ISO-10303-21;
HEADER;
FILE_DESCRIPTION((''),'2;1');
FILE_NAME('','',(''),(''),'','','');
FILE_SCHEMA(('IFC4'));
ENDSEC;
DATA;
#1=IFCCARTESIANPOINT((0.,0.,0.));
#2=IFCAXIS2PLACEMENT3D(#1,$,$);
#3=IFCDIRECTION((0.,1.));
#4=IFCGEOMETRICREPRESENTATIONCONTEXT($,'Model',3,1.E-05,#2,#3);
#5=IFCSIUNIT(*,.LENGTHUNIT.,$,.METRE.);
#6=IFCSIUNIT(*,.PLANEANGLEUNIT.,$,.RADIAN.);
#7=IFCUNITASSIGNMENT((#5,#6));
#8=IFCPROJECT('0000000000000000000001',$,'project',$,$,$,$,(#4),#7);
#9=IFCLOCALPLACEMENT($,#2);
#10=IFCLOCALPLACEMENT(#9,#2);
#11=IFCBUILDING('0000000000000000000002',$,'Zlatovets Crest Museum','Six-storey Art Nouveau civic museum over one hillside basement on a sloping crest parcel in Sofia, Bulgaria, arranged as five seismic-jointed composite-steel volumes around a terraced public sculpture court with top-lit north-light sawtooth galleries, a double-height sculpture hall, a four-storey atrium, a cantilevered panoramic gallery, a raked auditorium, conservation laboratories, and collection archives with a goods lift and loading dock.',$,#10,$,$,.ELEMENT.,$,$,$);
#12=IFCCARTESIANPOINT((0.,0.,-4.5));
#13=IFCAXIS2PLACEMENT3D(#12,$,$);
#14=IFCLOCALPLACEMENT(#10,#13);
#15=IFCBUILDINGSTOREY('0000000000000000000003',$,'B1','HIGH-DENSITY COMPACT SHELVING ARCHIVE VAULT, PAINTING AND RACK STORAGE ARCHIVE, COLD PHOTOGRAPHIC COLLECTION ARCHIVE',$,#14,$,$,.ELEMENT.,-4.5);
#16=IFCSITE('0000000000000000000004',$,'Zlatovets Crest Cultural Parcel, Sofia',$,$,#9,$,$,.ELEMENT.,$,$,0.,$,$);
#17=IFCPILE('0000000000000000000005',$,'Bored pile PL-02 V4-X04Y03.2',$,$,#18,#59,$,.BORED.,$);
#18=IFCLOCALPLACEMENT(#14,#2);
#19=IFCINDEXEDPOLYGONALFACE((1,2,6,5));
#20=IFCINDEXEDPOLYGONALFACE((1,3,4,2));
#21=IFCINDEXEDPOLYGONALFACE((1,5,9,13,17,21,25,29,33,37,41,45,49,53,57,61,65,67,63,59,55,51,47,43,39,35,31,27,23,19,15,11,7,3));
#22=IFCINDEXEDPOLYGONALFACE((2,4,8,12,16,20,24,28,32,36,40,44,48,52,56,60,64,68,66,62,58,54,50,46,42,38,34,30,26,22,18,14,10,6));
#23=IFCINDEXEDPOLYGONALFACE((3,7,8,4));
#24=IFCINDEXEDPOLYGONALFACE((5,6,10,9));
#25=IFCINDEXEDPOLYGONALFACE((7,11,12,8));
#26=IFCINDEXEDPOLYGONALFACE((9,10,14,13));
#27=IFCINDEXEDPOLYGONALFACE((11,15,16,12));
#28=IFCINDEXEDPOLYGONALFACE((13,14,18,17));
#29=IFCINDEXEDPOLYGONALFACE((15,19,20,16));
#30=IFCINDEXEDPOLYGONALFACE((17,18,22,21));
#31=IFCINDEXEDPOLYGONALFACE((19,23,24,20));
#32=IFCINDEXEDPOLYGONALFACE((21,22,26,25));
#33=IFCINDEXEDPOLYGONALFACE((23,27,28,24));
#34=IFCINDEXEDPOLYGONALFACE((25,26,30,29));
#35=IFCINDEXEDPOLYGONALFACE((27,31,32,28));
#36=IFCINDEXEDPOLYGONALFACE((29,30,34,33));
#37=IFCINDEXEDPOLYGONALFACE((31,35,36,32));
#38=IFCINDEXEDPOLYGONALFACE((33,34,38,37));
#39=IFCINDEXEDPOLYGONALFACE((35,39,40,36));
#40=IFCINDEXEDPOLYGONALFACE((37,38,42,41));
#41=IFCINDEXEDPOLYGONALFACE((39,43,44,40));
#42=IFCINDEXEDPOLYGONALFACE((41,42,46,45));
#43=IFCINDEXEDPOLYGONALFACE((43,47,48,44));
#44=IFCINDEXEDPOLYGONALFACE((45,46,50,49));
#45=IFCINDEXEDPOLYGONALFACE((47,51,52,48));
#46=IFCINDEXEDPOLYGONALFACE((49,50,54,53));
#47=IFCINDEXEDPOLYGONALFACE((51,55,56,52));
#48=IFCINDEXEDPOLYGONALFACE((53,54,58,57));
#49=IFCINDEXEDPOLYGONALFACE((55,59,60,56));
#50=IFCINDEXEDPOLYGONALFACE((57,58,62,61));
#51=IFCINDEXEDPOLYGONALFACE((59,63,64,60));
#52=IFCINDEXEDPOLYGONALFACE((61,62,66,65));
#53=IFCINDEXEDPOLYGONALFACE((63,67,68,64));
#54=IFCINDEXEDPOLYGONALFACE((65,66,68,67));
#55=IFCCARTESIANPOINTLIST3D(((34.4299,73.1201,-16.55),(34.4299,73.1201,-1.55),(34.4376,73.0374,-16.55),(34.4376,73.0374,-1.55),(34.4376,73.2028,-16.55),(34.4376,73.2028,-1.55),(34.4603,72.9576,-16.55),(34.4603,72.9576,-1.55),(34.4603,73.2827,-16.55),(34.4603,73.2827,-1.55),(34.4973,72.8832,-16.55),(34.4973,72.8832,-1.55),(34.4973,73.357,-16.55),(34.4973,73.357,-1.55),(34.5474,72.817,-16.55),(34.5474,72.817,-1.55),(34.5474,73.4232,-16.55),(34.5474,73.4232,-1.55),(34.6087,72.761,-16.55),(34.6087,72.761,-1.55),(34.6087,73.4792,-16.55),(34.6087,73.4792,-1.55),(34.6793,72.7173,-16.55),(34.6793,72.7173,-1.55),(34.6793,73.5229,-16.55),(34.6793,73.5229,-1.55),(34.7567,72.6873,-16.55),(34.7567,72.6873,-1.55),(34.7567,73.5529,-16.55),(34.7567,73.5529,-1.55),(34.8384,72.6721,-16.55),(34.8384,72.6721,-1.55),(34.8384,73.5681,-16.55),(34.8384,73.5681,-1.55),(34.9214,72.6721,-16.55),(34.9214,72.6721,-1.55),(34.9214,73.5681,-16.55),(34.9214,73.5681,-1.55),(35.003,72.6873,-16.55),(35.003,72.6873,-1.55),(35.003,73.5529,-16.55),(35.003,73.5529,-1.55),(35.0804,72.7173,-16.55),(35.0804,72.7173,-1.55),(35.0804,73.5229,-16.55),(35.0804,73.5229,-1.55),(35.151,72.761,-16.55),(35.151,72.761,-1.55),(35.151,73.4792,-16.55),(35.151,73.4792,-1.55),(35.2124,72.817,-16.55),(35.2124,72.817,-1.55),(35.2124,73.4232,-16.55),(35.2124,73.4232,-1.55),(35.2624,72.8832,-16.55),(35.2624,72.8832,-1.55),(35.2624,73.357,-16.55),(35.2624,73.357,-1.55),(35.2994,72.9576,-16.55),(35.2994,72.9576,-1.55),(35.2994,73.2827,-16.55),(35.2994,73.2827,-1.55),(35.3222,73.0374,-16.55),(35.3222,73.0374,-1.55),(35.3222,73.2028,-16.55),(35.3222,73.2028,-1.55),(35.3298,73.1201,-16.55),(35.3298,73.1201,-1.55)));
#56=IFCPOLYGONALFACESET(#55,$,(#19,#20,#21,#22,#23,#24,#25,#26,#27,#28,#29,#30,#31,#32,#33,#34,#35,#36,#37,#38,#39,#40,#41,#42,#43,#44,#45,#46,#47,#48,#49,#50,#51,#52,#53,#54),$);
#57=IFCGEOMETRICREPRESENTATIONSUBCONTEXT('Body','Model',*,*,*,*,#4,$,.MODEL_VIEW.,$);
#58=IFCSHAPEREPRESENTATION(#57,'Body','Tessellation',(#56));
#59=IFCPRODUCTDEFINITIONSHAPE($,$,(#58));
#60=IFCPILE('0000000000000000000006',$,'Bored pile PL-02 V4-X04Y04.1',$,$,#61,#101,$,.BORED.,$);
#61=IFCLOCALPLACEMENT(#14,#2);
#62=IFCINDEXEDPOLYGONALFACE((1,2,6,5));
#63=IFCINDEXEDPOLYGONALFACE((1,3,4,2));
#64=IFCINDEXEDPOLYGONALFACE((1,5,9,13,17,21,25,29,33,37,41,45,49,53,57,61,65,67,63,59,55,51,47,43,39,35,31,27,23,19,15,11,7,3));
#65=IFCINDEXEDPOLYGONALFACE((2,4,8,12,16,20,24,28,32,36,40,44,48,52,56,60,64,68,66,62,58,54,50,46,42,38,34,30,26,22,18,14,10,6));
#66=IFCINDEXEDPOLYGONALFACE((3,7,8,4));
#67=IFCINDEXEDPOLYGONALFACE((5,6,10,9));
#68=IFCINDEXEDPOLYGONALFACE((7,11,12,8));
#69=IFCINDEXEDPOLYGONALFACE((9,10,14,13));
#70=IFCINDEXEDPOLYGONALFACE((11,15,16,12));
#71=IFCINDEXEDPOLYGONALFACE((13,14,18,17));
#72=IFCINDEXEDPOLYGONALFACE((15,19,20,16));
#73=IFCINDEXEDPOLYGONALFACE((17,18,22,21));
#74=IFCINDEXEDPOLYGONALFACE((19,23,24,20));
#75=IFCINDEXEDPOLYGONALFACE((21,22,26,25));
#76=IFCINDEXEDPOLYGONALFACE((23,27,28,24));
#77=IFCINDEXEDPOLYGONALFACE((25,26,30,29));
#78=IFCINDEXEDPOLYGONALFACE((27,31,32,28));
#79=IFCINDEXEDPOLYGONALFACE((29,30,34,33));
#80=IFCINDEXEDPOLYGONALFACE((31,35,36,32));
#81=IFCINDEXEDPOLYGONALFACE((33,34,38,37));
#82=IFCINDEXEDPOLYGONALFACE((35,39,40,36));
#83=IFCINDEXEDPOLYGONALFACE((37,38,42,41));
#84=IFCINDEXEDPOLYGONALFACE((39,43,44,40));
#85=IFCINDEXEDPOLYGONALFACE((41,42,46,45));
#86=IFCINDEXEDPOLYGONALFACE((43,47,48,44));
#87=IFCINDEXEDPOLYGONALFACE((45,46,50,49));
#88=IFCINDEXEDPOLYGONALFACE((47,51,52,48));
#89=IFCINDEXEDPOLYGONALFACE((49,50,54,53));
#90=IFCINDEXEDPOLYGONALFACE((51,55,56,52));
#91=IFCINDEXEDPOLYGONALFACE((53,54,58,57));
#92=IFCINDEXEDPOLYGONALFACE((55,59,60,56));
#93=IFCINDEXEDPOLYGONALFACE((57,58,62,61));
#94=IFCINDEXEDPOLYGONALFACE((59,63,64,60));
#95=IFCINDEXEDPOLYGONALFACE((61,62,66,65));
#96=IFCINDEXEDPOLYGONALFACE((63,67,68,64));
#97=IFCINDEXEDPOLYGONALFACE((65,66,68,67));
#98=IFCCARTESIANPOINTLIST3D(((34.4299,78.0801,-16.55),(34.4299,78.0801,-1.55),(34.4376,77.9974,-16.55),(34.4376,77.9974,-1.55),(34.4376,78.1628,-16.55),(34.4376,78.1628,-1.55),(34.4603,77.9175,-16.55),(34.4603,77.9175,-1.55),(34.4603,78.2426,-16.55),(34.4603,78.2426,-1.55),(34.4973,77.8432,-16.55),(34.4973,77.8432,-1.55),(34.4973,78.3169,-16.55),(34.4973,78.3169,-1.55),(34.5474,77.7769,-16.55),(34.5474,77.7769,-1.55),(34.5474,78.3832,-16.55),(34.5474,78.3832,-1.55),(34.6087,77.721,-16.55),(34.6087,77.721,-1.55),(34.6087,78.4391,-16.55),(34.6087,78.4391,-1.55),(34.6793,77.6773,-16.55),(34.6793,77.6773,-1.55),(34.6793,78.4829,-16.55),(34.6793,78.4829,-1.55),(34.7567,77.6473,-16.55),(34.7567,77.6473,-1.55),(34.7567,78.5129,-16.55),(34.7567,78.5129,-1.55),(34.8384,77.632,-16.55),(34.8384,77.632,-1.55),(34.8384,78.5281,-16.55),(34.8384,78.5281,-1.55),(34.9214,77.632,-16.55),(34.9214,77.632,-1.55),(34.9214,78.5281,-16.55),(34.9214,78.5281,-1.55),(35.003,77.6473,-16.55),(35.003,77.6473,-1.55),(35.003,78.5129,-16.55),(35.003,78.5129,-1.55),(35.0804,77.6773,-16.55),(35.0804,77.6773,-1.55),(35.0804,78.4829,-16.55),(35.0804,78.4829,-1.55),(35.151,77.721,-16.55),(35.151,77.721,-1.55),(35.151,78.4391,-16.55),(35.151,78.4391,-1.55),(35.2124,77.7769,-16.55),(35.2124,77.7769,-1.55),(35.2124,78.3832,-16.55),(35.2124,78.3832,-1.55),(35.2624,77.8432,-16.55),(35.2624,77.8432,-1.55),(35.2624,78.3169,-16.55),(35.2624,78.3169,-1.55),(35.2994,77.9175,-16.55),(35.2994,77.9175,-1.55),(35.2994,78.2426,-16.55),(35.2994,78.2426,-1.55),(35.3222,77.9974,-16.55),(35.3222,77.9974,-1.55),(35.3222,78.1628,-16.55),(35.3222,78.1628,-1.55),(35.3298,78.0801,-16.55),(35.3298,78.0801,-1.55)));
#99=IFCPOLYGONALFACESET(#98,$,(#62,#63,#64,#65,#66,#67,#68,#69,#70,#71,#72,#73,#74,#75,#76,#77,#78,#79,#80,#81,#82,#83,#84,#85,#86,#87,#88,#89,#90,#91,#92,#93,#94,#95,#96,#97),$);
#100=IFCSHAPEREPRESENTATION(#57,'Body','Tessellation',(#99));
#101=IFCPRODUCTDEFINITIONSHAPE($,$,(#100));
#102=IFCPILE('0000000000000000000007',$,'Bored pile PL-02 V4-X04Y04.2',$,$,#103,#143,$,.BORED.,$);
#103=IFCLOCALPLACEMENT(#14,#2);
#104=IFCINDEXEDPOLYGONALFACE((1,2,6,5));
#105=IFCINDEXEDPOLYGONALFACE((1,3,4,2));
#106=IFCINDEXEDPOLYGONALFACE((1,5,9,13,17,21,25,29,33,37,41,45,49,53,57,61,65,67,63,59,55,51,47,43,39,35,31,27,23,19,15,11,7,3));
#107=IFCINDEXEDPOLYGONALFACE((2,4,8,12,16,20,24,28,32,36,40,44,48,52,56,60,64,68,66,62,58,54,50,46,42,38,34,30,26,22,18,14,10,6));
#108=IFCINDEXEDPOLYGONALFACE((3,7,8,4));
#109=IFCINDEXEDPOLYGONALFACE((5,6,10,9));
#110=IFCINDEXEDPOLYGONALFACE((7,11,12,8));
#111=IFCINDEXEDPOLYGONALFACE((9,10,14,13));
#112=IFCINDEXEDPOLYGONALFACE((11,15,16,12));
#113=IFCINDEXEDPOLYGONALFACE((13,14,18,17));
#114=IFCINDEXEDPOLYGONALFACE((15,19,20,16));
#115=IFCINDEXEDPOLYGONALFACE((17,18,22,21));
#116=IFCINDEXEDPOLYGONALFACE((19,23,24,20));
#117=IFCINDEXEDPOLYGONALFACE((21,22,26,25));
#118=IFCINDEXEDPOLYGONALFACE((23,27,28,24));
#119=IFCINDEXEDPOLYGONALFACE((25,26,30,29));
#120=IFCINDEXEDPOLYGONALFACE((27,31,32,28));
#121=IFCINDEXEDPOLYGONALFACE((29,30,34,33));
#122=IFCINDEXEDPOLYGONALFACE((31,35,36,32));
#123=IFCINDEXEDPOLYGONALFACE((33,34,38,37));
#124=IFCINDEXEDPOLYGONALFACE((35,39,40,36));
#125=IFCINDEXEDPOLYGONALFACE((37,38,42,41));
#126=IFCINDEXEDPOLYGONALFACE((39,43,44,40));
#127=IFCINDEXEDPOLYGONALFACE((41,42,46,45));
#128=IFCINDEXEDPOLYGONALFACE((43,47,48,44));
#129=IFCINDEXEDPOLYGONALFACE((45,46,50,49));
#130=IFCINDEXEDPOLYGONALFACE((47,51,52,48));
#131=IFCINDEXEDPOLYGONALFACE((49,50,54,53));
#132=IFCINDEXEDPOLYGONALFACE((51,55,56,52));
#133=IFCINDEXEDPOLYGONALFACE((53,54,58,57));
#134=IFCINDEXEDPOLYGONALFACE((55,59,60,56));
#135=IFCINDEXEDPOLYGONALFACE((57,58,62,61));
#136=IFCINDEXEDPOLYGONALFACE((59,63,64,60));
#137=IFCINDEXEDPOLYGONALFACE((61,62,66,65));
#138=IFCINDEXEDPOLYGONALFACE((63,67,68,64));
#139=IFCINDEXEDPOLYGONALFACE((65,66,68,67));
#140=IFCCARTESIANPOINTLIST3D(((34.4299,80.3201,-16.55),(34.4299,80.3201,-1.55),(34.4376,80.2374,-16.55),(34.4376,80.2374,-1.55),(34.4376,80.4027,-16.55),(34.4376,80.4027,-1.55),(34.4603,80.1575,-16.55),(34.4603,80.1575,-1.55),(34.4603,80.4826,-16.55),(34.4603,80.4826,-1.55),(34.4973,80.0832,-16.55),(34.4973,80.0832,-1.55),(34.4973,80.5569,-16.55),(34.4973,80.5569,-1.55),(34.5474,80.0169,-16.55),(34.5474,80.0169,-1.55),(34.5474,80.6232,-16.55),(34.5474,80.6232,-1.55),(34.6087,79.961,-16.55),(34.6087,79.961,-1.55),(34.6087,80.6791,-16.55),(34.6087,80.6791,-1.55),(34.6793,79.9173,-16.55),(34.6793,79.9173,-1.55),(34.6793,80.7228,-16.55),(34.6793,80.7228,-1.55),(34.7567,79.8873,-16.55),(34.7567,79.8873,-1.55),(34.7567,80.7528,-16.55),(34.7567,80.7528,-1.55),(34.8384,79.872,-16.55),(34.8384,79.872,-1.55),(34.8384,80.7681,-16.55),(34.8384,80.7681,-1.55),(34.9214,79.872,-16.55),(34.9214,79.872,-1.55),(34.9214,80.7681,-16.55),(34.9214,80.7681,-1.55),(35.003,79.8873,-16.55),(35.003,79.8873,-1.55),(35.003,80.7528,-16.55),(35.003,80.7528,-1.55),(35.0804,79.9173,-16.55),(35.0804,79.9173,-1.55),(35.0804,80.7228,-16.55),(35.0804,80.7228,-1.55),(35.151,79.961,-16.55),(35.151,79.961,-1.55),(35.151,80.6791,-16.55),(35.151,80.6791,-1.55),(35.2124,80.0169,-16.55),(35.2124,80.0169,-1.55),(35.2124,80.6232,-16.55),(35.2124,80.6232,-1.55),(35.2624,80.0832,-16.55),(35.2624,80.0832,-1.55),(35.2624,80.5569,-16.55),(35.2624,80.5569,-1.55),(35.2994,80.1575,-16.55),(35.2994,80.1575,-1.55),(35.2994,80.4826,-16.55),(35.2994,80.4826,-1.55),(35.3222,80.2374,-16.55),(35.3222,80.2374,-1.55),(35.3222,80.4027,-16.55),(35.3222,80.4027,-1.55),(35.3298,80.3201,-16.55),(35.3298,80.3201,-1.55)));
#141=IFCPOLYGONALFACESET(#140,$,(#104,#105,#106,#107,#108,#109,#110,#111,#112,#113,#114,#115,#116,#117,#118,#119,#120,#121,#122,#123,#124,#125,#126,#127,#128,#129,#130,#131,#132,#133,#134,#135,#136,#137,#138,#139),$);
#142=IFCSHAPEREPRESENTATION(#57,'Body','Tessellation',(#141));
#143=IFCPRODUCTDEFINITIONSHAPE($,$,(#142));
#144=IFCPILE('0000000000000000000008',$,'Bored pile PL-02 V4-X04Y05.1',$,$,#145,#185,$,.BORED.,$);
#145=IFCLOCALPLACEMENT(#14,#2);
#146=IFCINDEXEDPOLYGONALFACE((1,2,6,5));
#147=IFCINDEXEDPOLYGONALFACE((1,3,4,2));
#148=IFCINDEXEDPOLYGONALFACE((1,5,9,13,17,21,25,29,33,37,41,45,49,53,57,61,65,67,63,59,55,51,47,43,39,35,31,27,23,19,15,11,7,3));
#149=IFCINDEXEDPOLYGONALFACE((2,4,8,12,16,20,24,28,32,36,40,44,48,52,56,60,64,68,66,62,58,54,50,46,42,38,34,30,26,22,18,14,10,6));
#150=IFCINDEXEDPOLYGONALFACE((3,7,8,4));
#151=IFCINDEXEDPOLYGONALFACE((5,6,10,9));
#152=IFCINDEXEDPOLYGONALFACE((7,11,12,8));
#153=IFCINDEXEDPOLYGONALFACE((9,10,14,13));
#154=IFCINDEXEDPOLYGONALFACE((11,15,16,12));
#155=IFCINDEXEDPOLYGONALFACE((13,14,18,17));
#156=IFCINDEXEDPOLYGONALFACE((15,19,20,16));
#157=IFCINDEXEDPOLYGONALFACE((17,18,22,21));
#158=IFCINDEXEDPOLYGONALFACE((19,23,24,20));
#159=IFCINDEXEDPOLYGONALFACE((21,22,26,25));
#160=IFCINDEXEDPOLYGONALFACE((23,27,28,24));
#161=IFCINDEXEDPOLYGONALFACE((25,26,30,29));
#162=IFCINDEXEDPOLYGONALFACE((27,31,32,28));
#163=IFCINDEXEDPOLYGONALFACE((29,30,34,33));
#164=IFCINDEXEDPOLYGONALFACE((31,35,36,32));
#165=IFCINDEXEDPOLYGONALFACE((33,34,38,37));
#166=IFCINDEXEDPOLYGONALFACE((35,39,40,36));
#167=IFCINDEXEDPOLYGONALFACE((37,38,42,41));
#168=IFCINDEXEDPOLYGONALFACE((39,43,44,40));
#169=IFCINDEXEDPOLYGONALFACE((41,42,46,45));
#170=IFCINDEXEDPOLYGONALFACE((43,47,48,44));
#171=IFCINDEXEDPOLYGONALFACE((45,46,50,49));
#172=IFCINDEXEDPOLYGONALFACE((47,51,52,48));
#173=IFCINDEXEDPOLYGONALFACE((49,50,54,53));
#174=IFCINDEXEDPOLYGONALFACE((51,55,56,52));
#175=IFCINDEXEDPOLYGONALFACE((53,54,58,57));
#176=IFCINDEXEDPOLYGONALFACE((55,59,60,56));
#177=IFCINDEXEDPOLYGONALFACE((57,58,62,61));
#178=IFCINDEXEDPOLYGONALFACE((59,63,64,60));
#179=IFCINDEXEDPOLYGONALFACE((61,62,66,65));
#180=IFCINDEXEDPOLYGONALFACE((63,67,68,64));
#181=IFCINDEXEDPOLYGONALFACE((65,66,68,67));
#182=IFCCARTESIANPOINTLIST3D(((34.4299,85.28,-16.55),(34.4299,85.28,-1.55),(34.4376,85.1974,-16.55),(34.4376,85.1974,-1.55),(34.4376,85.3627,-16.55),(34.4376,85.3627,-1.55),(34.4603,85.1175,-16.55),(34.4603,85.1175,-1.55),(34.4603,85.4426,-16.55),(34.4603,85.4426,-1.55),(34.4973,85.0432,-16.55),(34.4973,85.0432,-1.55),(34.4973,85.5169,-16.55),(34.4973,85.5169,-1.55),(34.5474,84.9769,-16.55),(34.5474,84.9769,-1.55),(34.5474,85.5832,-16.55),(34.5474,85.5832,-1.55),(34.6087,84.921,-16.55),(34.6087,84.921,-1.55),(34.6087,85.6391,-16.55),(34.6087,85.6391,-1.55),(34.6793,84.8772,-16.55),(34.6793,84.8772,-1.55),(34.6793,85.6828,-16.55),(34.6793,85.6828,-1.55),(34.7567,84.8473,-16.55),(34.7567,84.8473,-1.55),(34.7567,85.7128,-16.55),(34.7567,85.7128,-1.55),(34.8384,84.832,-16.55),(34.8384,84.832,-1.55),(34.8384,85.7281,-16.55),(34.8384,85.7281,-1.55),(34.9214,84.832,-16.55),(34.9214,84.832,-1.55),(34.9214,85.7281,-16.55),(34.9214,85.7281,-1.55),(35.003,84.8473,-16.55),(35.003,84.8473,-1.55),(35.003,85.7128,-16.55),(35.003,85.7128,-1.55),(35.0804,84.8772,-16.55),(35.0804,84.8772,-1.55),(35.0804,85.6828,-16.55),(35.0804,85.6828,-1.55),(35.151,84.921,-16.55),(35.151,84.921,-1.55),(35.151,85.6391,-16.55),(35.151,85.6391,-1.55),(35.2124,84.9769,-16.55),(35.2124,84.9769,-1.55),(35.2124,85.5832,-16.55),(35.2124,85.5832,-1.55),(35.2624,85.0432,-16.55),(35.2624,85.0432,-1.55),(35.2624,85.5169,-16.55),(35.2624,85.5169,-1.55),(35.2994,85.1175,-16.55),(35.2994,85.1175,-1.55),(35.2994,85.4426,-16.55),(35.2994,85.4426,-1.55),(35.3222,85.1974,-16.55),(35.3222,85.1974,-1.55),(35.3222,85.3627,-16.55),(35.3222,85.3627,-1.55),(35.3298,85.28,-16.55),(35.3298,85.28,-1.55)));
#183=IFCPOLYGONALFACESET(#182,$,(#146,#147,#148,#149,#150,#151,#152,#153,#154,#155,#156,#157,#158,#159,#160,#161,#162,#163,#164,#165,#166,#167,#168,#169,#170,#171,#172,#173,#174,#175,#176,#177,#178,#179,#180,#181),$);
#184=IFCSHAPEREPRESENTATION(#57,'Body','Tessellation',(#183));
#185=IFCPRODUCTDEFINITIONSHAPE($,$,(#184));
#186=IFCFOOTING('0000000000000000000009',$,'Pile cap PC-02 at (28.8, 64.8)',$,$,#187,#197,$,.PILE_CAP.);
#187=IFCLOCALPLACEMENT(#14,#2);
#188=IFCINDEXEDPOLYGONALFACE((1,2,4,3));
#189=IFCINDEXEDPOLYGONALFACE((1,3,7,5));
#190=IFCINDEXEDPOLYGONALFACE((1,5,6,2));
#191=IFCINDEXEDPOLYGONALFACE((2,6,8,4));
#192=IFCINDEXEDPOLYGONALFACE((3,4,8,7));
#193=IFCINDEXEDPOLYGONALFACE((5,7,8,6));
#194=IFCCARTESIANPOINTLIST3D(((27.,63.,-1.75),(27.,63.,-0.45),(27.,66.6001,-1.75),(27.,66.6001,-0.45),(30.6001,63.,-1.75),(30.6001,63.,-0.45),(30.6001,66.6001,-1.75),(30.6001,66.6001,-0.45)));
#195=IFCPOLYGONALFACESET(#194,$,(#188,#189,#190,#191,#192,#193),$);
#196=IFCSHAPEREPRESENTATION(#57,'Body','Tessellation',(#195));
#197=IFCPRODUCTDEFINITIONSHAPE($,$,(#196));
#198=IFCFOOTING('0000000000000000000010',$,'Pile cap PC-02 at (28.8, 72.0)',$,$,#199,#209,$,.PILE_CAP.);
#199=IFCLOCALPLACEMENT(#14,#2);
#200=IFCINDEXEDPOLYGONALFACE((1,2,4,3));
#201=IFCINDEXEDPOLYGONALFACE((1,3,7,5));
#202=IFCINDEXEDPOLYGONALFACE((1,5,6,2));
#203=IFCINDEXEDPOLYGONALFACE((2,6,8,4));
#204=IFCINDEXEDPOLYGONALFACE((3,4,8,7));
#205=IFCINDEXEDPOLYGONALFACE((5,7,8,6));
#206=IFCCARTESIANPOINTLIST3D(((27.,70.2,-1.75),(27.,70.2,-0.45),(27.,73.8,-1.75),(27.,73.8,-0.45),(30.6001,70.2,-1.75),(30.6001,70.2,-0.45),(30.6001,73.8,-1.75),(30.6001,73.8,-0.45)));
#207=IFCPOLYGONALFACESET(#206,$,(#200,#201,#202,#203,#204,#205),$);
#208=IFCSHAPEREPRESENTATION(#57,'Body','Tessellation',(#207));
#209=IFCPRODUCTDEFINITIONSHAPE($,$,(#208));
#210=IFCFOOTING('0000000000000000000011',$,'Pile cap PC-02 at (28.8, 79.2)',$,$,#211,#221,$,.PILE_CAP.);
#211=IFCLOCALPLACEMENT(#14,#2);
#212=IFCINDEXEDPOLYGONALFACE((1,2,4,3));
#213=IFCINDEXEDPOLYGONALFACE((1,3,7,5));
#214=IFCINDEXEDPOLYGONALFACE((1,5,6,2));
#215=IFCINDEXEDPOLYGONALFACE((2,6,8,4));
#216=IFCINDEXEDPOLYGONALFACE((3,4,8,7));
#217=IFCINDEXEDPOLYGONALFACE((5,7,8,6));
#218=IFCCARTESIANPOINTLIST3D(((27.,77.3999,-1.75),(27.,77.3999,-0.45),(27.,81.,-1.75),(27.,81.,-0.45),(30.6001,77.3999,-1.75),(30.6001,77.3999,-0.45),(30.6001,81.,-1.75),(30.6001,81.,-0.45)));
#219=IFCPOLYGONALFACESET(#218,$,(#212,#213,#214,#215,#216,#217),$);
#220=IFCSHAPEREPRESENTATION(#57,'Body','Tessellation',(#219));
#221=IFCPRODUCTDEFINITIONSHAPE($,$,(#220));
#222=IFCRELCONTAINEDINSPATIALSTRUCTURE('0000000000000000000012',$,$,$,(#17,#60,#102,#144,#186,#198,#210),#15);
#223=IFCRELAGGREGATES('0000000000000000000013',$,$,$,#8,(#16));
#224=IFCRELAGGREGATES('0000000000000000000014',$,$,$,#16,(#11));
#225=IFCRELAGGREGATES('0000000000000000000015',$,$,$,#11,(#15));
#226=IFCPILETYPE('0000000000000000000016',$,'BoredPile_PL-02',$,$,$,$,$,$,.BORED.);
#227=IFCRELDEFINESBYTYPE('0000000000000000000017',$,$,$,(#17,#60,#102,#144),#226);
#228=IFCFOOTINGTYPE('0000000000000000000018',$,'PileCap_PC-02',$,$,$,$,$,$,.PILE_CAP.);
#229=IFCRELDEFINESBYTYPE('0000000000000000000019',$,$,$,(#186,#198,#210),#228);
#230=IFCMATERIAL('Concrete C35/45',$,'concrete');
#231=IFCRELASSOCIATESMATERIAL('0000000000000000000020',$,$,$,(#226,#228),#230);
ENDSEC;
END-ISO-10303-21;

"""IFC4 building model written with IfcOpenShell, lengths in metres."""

from ifc_helpers import new_model, si_unit, direction, frame, origin, origin_2d, place, context, subcontext, project, spatial, rectangle, circle, extrude, material, material_profile, profile_set, type_object, element, save


model = new_model("IFC4")

# Units and contexts
model_context = context("Model", 3, precision=1e-05, world=origin(), true_north=direction((0.0, 1.0)))
body_context = subcontext(model_context, "Body", "Model", "MODEL_VIEW")
ifc_project = project(units=[si_unit("LENGTHUNIT", "METRE"), si_unit("PLANEANGLEUNIT", "RADIAN")], contexts=[model_context])

# Site, building, storey
site_placement = place(None, origin())
site = spatial("IfcSite", under=ifc_project, at=site_placement, Name="Zlatovets Crest Cultural Parcel, Sofia", CompositionType="ELEMENT", RefElevation=0.0)
building_placement = place(site_placement, origin())
building = spatial("IfcBuilding", under=site, at=building_placement, Name="Zlatovets Crest Museum", Description="Six-storey Art Nouveau civic museum over one hillside basement on a sloping crest parcel in Sofia, Bulgaria, arranged as five seismic-jointed composite-steel volumes around a terraced public sculpture court with top-lit north-light sawtooth galleries, a double-height sculpture hall, a four-storey atrium, a cantilevered panoramic gallery, a raked auditorium, conservation laboratories, and collection archives with a goods lift and loading dock.", CompositionType="ELEMENT")
storey_placement = place(building_placement, frame((0.0, 0.0, -4.5)))
storey = spatial("IfcBuildingStorey", under=building, at=storey_placement, Name="B1", Description="HIGH-DENSITY COMPACT SHELVING ARCHIVE VAULT, PAINTING AND RACK STORAGE ARCHIVE, COLD PHOTOGRAPHIC COLLECTION ARCHIVE", CompositionType="ELEMENT", Elevation=-4.5)

# Piles
ifc_material_1 = material(Name="Concrete C35/45", Category="concrete")
ifc_material_profile_1 = material_profile(ifc_material_1, circle(Radius=0.45, at=origin_2d()), Name="PILE D900")
ifc_profile_set_1 = profile_set([ifc_material_profile_1], Name="Concrete C35/45")
pile_type = type_object("IfcPileType", Name="BoredPile_PL-02", PredefinedType="BORED", material=ifc_profile_set_1)
for number, where, z_axis, x_axis, name in (
    (1, (34.8799, 73.1201, -1.55), (0.0, 0.0, -1.0), (1.0, 0.0, 0.0), "Bored pile PL-02 V4-X04Y03.2"),
    (2, (34.8799, 78.0801, -1.55), (0.0, 0.0, -1.0), (1.0, 0.0, 0.0), "Bored pile PL-02 V4-X04Y04.1"),
    (3, (34.8799, 80.3201, -1.55), (0.0, 0.0, -1.0), (1.0, 0.0, 0.0), "Bored pile PL-02 V4-X04Y04.2"),
    (4, (34.8799, 85.28, -1.55), (0.0, 0.0, -1.0), (1.0, 0.0, 0.0), "Bored pile PL-02 V4-X04Y05.1"),
):
    element("IfcPile", number, at=place(storey_placement, frame(where, z_axis=z_axis, x_axis=x_axis)), inside=storey, type_object=pile_type, Name=name, PredefinedType="BORED", context=body_context, shape_type="SweptSolid", body=[
        extrude(circle(Radius=0.45, at=origin_2d()), origin(), (0.0, 0.0, 1.0), 15.0),
    ])

# Footings
footing_type = type_object("IfcFootingType", Name="PileCap_PC-02", PredefinedType="PILE_CAP", material=ifc_material_1)
for number, where, z_axis, x_axis, name in (
    (5, (28.8, 64.8, -1.75), (0.0, 0.0, 1.0), (1.0, 0.0, 0.0), "Pile cap PC-02 at (28.8, 64.8)"),
    (6, (28.8, 72.0, -1.75), (0.0, 0.0, 1.0), (1.0, 0.0, 0.0), "Pile cap PC-02 at (28.8, 72.0)"),
    (7, (28.8, 79.2, -1.75), (0.0, 0.0, 1.0), (1.0, 0.0, 0.0), "Pile cap PC-02 at (28.8, 79.2)"),
):
    element("IfcFooting", number, at=place(storey_placement, frame(where, z_axis=z_axis, x_axis=x_axis)), inside=storey, type_object=footing_type, Name=name, PredefinedType="PILE_CAP", context=body_context, shape_type="SweptSolid", body=[
        extrude(rectangle(XDim=3.6001, YDim=3.6001, at=origin_2d()), origin(), (0.0, 0.0, 1.0), 1.3),
    ])

save(model, "model.ifc")
